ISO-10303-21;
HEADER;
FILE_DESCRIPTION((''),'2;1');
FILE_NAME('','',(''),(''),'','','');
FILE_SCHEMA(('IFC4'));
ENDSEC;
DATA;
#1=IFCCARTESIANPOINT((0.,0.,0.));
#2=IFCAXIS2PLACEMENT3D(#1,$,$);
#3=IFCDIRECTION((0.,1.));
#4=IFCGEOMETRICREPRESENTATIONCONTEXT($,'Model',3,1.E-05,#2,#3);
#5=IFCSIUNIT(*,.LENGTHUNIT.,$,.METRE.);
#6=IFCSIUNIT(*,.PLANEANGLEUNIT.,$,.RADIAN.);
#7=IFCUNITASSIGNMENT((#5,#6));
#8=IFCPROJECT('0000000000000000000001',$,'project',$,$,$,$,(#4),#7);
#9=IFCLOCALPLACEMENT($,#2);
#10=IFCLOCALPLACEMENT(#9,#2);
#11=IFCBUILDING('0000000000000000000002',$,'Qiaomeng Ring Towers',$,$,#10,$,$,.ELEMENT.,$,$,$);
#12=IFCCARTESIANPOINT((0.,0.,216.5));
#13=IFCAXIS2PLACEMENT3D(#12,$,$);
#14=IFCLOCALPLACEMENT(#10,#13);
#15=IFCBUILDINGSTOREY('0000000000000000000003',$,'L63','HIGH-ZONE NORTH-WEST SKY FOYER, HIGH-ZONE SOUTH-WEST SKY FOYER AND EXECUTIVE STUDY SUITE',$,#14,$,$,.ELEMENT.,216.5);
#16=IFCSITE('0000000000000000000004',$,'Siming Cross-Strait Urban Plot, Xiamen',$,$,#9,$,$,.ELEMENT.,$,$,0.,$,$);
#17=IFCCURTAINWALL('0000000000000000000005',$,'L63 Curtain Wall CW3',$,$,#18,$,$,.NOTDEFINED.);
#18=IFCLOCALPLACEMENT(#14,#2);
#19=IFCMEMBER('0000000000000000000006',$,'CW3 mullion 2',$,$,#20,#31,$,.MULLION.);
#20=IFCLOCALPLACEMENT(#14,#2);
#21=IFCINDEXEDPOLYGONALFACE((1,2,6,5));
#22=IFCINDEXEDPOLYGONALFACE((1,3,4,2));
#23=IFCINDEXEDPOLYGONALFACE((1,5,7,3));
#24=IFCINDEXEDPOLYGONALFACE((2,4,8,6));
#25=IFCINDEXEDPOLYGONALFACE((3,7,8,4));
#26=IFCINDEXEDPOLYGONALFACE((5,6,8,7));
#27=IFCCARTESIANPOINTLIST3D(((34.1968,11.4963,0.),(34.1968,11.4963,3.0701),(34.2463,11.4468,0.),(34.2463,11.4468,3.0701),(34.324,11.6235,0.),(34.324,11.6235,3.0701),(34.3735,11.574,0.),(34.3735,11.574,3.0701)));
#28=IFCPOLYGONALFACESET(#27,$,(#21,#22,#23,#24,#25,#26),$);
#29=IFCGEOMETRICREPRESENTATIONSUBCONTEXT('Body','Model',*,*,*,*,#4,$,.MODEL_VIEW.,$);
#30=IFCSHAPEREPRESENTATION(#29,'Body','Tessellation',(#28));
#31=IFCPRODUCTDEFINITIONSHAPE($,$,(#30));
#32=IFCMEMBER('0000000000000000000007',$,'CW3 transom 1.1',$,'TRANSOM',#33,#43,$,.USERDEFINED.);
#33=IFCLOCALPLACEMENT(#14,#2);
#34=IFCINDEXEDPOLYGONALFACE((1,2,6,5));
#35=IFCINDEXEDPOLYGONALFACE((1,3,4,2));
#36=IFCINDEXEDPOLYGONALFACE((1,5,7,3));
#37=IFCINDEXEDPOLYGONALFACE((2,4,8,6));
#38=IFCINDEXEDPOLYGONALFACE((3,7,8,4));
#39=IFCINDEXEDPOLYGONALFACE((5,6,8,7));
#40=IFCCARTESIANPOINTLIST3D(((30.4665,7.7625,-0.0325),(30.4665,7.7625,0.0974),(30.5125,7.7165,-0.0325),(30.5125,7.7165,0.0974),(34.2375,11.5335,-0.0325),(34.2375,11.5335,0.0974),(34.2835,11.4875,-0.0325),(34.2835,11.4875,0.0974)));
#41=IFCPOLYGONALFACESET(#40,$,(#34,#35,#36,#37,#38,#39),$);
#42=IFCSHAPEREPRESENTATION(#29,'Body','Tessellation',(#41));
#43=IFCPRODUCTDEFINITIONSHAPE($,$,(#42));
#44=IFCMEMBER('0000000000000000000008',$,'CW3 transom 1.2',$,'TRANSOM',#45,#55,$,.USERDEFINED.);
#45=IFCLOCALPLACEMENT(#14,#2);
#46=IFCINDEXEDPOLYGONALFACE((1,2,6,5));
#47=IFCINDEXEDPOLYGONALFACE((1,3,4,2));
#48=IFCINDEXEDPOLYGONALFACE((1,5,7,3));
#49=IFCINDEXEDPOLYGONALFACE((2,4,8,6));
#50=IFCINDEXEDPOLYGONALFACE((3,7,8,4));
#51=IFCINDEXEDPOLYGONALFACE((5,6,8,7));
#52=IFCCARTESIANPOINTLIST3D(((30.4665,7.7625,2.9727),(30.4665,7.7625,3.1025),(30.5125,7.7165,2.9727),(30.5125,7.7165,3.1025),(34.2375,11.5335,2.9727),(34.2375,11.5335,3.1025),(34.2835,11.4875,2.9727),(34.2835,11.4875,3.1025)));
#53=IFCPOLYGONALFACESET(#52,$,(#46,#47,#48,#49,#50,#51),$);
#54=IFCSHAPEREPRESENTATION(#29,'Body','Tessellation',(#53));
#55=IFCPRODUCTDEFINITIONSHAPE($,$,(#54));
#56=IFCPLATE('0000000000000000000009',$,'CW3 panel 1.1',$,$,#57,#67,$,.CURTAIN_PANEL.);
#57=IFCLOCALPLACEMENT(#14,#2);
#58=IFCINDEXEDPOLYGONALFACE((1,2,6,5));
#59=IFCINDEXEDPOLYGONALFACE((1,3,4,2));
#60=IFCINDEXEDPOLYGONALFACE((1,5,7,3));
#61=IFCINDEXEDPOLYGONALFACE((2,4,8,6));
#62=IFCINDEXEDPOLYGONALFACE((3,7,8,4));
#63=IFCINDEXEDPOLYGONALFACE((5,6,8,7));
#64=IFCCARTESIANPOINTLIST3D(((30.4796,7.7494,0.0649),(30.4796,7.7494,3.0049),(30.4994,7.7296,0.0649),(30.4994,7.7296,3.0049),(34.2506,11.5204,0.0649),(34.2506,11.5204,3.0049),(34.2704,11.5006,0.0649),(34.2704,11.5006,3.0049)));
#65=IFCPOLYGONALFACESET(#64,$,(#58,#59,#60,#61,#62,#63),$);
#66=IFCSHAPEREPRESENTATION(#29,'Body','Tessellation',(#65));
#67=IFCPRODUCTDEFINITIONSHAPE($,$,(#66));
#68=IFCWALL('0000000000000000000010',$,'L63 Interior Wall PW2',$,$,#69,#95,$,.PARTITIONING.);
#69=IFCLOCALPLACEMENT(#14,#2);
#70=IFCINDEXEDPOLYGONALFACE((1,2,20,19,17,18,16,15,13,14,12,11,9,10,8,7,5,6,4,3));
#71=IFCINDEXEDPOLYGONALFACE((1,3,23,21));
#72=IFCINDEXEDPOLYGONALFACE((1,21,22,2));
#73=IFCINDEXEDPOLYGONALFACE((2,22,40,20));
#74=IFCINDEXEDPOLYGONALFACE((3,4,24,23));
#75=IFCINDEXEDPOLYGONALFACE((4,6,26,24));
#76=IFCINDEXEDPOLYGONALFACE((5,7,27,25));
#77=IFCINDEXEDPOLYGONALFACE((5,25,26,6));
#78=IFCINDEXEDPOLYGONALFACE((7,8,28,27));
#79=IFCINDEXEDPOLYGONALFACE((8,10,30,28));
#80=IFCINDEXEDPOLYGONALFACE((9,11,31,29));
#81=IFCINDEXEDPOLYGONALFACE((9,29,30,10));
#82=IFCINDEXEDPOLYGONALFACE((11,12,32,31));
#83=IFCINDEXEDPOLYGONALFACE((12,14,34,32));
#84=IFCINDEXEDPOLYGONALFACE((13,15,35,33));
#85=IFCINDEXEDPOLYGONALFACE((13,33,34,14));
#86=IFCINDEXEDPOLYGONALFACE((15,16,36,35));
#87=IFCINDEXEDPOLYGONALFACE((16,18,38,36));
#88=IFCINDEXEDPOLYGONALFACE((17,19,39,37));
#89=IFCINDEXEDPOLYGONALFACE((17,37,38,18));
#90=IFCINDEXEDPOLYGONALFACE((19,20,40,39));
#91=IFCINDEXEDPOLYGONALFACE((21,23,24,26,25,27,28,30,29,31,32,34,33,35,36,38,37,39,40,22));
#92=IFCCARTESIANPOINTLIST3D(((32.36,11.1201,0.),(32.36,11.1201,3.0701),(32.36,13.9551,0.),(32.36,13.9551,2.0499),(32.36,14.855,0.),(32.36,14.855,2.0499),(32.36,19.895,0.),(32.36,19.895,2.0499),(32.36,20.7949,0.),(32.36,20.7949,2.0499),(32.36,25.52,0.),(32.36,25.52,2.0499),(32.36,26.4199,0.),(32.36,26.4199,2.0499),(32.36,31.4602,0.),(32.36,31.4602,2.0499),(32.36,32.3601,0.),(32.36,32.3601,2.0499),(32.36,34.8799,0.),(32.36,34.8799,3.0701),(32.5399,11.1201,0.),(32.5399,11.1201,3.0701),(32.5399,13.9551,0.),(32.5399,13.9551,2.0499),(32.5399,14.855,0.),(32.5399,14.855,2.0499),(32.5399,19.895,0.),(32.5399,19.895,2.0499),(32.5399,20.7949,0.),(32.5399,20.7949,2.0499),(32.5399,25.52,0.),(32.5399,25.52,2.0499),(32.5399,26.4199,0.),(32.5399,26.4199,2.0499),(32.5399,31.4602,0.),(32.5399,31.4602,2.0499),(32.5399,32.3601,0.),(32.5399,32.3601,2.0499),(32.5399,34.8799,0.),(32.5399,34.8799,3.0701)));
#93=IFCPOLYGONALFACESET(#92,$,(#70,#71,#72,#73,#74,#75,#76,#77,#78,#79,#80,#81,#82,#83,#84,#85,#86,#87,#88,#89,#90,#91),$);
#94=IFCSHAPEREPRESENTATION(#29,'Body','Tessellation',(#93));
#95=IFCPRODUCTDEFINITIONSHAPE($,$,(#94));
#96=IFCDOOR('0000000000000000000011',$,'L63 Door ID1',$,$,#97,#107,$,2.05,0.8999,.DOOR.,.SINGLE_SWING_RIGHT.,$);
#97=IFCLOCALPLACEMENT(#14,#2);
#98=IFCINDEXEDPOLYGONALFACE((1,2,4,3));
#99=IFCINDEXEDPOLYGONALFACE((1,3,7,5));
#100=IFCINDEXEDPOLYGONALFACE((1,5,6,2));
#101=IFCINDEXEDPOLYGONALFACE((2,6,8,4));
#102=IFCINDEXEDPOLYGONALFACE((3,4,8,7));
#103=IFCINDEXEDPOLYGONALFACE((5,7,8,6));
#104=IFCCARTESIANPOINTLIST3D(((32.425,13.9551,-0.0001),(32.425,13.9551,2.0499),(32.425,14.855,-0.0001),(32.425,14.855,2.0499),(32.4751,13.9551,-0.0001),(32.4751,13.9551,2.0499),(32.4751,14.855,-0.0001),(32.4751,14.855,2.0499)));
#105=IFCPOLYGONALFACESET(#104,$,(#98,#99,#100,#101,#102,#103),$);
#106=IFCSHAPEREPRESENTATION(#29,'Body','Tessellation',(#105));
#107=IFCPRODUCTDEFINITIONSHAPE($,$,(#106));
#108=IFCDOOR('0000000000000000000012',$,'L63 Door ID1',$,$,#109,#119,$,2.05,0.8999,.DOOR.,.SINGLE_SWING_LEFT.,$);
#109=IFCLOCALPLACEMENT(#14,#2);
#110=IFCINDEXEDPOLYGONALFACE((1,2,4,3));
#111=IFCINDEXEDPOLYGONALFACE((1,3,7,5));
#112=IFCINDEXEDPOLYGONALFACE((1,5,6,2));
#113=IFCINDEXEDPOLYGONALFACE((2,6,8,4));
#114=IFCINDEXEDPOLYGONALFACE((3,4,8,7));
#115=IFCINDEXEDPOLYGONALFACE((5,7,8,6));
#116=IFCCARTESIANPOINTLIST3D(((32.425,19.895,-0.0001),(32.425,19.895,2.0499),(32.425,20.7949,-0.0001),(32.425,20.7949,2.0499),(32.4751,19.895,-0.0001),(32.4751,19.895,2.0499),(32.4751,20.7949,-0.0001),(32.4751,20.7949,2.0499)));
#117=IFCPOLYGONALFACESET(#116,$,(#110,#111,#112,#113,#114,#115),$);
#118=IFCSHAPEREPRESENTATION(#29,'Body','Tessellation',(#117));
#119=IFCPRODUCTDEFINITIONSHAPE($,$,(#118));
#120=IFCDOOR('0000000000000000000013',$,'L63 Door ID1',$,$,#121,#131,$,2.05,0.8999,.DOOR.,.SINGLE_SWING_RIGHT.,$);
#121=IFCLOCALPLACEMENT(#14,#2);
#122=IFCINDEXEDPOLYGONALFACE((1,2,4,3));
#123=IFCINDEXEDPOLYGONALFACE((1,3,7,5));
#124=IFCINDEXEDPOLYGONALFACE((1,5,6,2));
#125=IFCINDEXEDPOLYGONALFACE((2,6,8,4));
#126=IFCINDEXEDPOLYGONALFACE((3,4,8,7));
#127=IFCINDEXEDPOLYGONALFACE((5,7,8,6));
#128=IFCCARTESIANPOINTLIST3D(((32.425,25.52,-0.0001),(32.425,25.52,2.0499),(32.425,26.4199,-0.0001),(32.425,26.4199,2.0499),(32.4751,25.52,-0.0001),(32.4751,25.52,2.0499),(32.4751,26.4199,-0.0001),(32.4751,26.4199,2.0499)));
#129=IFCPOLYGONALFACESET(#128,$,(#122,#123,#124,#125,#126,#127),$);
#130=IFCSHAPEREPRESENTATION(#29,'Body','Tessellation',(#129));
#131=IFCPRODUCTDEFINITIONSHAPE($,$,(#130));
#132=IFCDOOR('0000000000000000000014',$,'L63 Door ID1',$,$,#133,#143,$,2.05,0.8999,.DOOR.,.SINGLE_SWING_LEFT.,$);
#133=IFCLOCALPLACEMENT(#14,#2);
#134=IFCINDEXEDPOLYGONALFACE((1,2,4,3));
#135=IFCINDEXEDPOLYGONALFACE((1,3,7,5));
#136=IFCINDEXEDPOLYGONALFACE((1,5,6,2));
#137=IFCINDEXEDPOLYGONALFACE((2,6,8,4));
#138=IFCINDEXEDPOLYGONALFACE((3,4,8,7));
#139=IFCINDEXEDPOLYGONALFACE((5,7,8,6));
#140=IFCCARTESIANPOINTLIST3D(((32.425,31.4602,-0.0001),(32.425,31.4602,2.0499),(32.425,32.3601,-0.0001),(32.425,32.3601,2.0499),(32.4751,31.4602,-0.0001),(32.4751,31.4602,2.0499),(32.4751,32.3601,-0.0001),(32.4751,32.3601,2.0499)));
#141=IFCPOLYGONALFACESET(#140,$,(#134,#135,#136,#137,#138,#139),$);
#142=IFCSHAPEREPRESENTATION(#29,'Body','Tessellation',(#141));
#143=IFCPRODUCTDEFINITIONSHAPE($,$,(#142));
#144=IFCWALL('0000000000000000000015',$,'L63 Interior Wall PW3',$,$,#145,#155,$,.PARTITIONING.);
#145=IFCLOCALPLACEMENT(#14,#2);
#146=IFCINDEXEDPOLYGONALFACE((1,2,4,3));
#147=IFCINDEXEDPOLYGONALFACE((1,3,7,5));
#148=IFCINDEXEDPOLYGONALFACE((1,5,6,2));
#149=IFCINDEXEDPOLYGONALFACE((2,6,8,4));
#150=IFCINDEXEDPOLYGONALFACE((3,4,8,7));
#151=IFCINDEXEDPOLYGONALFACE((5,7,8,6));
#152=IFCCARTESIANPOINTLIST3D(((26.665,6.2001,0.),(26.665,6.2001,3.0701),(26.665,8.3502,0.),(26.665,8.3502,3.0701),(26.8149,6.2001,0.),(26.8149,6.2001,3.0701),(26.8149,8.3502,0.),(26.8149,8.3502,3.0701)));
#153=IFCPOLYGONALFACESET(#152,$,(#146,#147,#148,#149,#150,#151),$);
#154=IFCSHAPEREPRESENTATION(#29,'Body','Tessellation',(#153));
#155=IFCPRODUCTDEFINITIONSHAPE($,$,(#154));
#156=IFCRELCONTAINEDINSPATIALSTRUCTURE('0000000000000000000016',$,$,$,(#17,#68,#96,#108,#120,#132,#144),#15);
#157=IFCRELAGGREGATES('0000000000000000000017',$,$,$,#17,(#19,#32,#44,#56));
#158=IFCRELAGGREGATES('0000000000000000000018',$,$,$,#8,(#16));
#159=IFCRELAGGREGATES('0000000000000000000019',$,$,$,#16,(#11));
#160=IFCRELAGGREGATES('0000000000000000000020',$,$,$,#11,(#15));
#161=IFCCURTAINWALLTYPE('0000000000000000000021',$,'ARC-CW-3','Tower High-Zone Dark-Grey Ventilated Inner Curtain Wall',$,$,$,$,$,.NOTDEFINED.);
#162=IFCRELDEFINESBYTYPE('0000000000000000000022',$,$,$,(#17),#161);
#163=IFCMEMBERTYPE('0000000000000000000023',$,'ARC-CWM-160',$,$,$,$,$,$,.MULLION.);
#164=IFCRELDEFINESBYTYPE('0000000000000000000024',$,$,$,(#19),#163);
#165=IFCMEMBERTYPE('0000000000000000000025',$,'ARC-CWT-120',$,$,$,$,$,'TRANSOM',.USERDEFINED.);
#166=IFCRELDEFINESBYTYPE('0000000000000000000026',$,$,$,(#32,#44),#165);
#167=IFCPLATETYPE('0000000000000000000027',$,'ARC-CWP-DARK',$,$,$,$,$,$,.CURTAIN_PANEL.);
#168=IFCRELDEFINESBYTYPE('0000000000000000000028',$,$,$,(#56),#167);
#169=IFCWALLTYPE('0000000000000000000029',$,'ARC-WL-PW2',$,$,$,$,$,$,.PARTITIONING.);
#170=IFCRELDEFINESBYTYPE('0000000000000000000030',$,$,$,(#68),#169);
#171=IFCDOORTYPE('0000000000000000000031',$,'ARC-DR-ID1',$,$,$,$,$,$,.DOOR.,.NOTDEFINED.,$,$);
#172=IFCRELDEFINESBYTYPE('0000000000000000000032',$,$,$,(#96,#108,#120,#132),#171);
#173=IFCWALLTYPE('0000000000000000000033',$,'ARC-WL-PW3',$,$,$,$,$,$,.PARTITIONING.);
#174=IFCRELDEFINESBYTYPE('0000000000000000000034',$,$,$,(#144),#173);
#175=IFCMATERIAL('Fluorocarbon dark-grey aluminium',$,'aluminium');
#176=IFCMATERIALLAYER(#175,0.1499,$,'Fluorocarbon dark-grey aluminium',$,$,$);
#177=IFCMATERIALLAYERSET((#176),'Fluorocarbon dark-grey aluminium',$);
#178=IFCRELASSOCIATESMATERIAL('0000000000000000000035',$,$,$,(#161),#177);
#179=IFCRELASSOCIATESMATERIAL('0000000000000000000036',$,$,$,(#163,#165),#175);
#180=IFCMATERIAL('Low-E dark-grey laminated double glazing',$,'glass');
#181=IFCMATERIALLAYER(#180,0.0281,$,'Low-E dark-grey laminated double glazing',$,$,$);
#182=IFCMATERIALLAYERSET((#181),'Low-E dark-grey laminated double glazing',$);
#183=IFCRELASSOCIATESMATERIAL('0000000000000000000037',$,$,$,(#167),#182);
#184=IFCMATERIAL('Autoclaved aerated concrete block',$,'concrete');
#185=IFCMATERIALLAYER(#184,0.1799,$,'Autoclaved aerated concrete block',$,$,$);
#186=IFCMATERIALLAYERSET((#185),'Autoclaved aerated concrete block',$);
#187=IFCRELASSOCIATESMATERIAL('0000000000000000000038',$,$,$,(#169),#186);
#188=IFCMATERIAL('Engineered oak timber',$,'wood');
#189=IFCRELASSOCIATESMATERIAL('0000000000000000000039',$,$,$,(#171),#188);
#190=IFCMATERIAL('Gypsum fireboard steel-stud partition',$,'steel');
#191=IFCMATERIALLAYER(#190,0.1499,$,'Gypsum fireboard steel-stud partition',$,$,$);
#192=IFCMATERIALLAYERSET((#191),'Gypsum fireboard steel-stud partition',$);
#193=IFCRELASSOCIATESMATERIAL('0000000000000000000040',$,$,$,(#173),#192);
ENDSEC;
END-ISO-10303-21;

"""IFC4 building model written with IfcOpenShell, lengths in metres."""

from ifc_helpers import new_model, si_unit, direction, frame, frame_2d, origin, origin_2d, place, context, subcontext, project, spatial, rectangle, extrude, source, transform, mapped, material, layer, layer_set, material_profile, profile_set, type_object, element, fill, aggregate, save


model = new_model("IFC4")

# Units and contexts
model_context = context("Model", 3, precision=1e-05, world=origin(), true_north=direction((0.0, 1.0)))
body_context = subcontext(model_context, "Body", "Model", "MODEL_VIEW")
ifc_project = project(units=[si_unit("LENGTHUNIT", "METRE"), si_unit("PLANEANGLEUNIT", "RADIAN")], contexts=[model_context])

# Site, building, storey
site_placement = place(None, origin())
site = spatial("IfcSite", under=ifc_project, at=site_placement, Name="Siming Cross-Strait Urban Plot, Xiamen", CompositionType="ELEMENT", RefElevation=0.0)
building_placement = place(site_placement, origin())
building = spatial("IfcBuilding", under=site, at=building_placement, Name="Qiaomeng Ring Towers", CompositionType="ELEMENT")
storey_placement = place(building_placement, frame((0.0, 0.0, 216.5)))
storey = spatial("IfcBuildingStorey", under=building, at=storey_placement, Name="L63", Description="HIGH-ZONE NORTH-WEST SKY FOYER, HIGH-ZONE SOUTH-WEST SKY FOYER AND EXECUTIVE STUDY SUITE", CompositionType="ELEMENT", Elevation=216.5)

# Curtain wall, members, plate
ifc_material_1 = material(Name="Fluorocarbon dark-grey aluminium", Category="aluminium")
ifc_layer_1 = layer(ifc_material_1, 0.1499, Name="Fluorocarbon dark-grey aluminium")
ifc_layer_set_1 = layer_set([ifc_layer_1], Name="Fluorocarbon dark-grey aluminium")
curtain_wall_type = type_object("IfcCurtainWallType", Name="ARC-CW-3", Description="Tower High-Zone Dark-Grey Ventilated Inner Curtain Wall", PredefinedType="NOTDEFINED", material=ifc_layer_set_1)
curtain_wall_placement = place(storey_placement, origin())
curtain_wall = element("IfcCurtainWall", 1, at=curtain_wall_placement, inside=storey, type_object=curtain_wall_type, Name="L63 Curtain Wall CW3", PredefinedType="NOTDEFINED")
ifc_material_profile_1 = material_profile(ifc_material_1, rectangle(XDim=0.0701, YDim=0.1799, at=origin_2d()), Name="ALU MULL 70x180")
ifc_profile_set_1 = profile_set([ifc_material_profile_1], Name="Fluorocarbon dark-grey aluminium")
member_type_1 = type_object("IfcMemberType", Name="ARC-CWM-160", PredefinedType="MULLION", material=ifc_profile_set_1)
shared_shape_1 = source(origin(), body_context, "Body", "SweptSolid", [
    extrude(rectangle(XDim=0.0701, YDim=0.1799, at=origin_2d()), origin(), (0.0, 0.0, 1.0), 3.0701),
])
member_1_placement = place(storey_placement, frame((34.2852, 11.5352, 0.0), z_axis=(0.0, 0.0, 1.0), x_axis=(-0.707107, 0.707107, 0.0)))
member_1 = element("IfcMember", 2, at=member_1_placement, type_object=member_type_1, Name="CW3 mullion 2", PredefinedType="MULLION", context=body_context, shape_type="MappedRepresentation", body=[
    mapped(shared_shape_1, transform((0.0, 0.0, 0.0), x_axis=(1.0, 0.0, 0.0), y_axis=(0.0, 1.0, 0.0), z_axis=(0.0, 0.0, 1.0), scale=1.0)),
])
ifc_material_profile_2 = material_profile(ifc_material_1, rectangle(XDim=0.0649, YDim=0.1299, at=origin_2d()), Name="ALU TRAN 65x130")
ifc_profile_set_2 = profile_set([ifc_material_profile_2], Name="Fluorocarbon dark-grey aluminium")
member_type_2 = type_object("IfcMemberType", Name="ARC-CWT-120", ElementType="TRANSOM", PredefinedType="USERDEFINED", material=ifc_profile_set_2)
shared_shape_2 = source(origin(), body_context, "Body", "SweptSolid", [
    extrude(rectangle(XDim=0.0649, YDim=0.1299, at=origin_2d()), origin(), (0.0, 0.0, 1.0), 5.333),
])
member_2_placement = place(storey_placement, frame((30.4895, 7.7395, 0.0325), z_axis=(0.707107, 0.707107, 0.0), x_axis=(-0.707107, 0.707107, 0.0)))
member_2 = element("IfcMember", 3, at=member_2_placement, type_object=member_type_2, Name="CW3 transom 1.1", ObjectType="TRANSOM", PredefinedType="USERDEFINED", context=body_context, shape_type="MappedRepresentation", body=[
    mapped(shared_shape_2, transform((0.0, 0.0, 0.0), x_axis=(1.0, 0.0, 0.0), y_axis=(0.0, 1.0, 0.0), z_axis=(0.0, 0.0, 1.0), scale=1.0)),
])
member_3_placement = place(storey_placement, frame((30.4895, 7.7395, 3.0376), z_axis=(0.707107, 0.707107, 0.0), x_axis=(-0.707107, 0.707107, 0.0)))
member_3 = element("IfcMember", 4, at=member_3_placement, type_object=member_type_2, Name="CW3 transom 1.2", ObjectType="TRANSOM", PredefinedType="USERDEFINED", context=body_context, shape_type="MappedRepresentation", body=[
    mapped(shared_shape_2, transform((0.0, 0.0, 0.0), x_axis=(1.0, 0.0, 0.0), y_axis=(0.0, 1.0, 0.0), z_axis=(0.0, 0.0, 1.0), scale=1.0)),
])
ifc_material_2 = material(Name="Low-E dark-grey laminated double glazing", Category="glass")
ifc_layer_2 = layer(ifc_material_2, 0.0281, Name="Low-E dark-grey laminated double glazing")
ifc_layer_set_2 = layer_set([ifc_layer_2], Name="Low-E dark-grey laminated double glazing")
plate_type = type_object("IfcPlateType", Name="ARC-CWP-DARK", PredefinedType="CURTAIN_PANEL", material=ifc_layer_set_2)
shared_shape_3 = source(origin(), body_context, "Body", "SweptSolid", [
    extrude(rectangle(XDim=5.333, YDim=0.0281, at=origin_2d()), origin(), (0.0, 0.0, 1.0), 2.9399),
])
plate_placement = place(storey_placement, frame((32.375, 9.625, 0.0649), z_axis=(0.0, 0.0, 1.0), x_axis=(0.707107, 0.707107, 0.0)))
plate = element("IfcPlate", 5, at=plate_placement, type_object=plate_type, Name="CW3 panel 1.1", PredefinedType="CURTAIN_PANEL", context=body_context, shape_type="MappedRepresentation", body=[
    mapped(shared_shape_3, transform((0.0, 0.0, 0.0), x_axis=(1.0, 0.0, 0.0), y_axis=(0.0, 1.0, 0.0), z_axis=(0.0, 0.0, 1.0), scale=1.0)),
])
aggregate(curtain_wall, [member_1, member_2, member_3, plate])

# Wall, openings, doors
ifc_material_3 = material(Name="Autoclaved aerated concrete block", Category="concrete")
ifc_layer_3 = layer(ifc_material_3, 0.1799, Name="Autoclaved aerated concrete block")
ifc_layer_set_3 = layer_set([ifc_layer_3], Name="Autoclaved aerated concrete block")
wall_type_1 = type_object("IfcWallType", Name="ARC-WL-PW2", PredefinedType="PARTITIONING", material=ifc_layer_set_3)
wall_1_placement = place(storey_placement, frame((32.45, 11.1201, 0.0), z_axis=(0.0, 0.0, 1.0), x_axis=(0.0, 1.0, 0.0)))
wall_1 = element("IfcWall", 6, at=wall_1_placement, inside=storey, type_object=wall_type_1, Name="L63 Interior Wall PW2", PredefinedType="PARTITIONING", context=body_context, shape_type="SweptSolid", body=[
    extrude(rectangle(XDim=23.7598, YDim=0.1799, at=frame_2d((11.8799, 0.0))), origin(), (0.0, 0.0, 1.0), 3.0701),
])
opening_1_placement = place(wall_1_placement, frame((2.835, 0.0, 0.0)))
opening_1 = element("IfcOpeningElement", 7, at=opening_1_placement, cuts=wall_1, PredefinedType="OPENING", context=body_context, shape_type="SweptSolid", body=[
    extrude(rectangle(XDim=0.8999, YDim=2.05, at=frame_2d((0.45, 1.0249))), frame((0.0, 0.0999, 0.0), z_axis=(0.0, -1.0, 0.0), x_axis=(1.0, 0.0, 0.0)), (0.0, 0.0, 1.0), 0.2),
])
opening_2_placement = place(wall_1_placement, frame((8.7749, 0.0, 0.0)))
opening_2 = element("IfcOpeningElement", 8, at=opening_2_placement, cuts=wall_1, PredefinedType="OPENING", context=body_context, shape_type="SweptSolid", body=[
    extrude(rectangle(XDim=0.8999, YDim=2.05, at=frame_2d((0.45, 1.0249))), frame((0.0, 0.0999, 0.0), z_axis=(0.0, -1.0, 0.0), x_axis=(1.0, 0.0, 0.0)), (0.0, 0.0, 1.0), 0.2),
])
opening_3_placement = place(wall_1_placement, frame((14.3999, 0.0, 0.0)))
opening_3 = element("IfcOpeningElement", 9, at=opening_3_placement, cuts=wall_1, PredefinedType="OPENING", context=body_context, shape_type="SweptSolid", body=[
    extrude(rectangle(XDim=0.8999, YDim=2.05, at=frame_2d((0.45, 1.0249))), frame((0.0, 0.0999, 0.0), z_axis=(0.0, -1.0, 0.0), x_axis=(1.0, 0.0, 0.0)), (0.0, 0.0, 1.0), 0.2),
])
opening_4_placement = place(wall_1_placement, frame((20.3401, 0.0, 0.0)))
opening_4 = element("IfcOpeningElement", 10, at=opening_4_placement, cuts=wall_1, PredefinedType="OPENING", context=body_context, shape_type="SweptSolid", body=[
    extrude(rectangle(XDim=0.8999, YDim=2.05, at=frame_2d((0.45, 1.0249))), frame((0.0, 0.0999, 0.0), z_axis=(0.0, -1.0, 0.0), x_axis=(1.0, 0.0, 0.0)), (0.0, 0.0, 1.0), 0.2),
])
ifc_material_4 = material(Name="Engineered oak timber", Category="wood")
door_type_1 = type_object("IfcDoorType", Name="ARC-DR-ID1", OperationType="NOTDEFINED", PredefinedType="DOOR", material=ifc_material_4)
shared_shape_4 = source(origin(), body_context, "Body", "SweptSolid", [
    extrude(rectangle(XDim=0.8999, YDim=2.05, at=frame_2d((0.45, 1.0249))), frame((0.0, 0.0249, 0.0), z_axis=(0.0, -1.0, 0.0), x_axis=(1.0, 0.0, 0.0)), (0.0, 0.0, 1.0), 0.05),
])
door_1_placement = place(opening_1_placement, origin())
door_1 = element("IfcDoor", 11, at=door_1_placement, inside=storey, type_object=door_type_1, Name="L63 Door ID1", OperationType="SINGLE_SWING_RIGHT", OverallHeight=2.05, OverallWidth=0.8999, PredefinedType="DOOR", context=body_context, shape_type="MappedRepresentation", body=[
    mapped(shared_shape_4, transform((0.0, 0.0, 0.0), x_axis=(1.0, 0.0, 0.0), y_axis=(0.0, 1.0, 0.0), z_axis=(0.0, 0.0, 1.0), scale=1.0)),
])
fill(opening_1, door_1)
door_2_placement = place(opening_2_placement, origin())
door_2 = element("IfcDoor", 12, at=door_2_placement, inside=storey, type_object=door_type_1, Name="L63 Door ID1", OperationType="SINGLE_SWING_LEFT", OverallHeight=2.05, OverallWidth=0.8999, PredefinedType="DOOR", context=body_context, shape_type="MappedRepresentation", body=[
    mapped(shared_shape_4, transform((0.0, 0.0, 0.0), x_axis=(1.0, 0.0, 0.0), y_axis=(0.0, 1.0, 0.0), z_axis=(0.0, 0.0, 1.0), scale=1.0)),
])
fill(opening_2, door_2)
door_3_placement = place(opening_3_placement, origin())
door_3 = element("IfcDoor", 13, at=door_3_placement, inside=storey, type_object=door_type_1, Name="L63 Door ID1", OperationType="SINGLE_SWING_RIGHT", OverallHeight=2.05, OverallWidth=0.8999, PredefinedType="DOOR", context=body_context, shape_type="MappedRepresentation", body=[
    mapped(shared_shape_4, transform((0.0, 0.0, 0.0), x_axis=(1.0, 0.0, 0.0), y_axis=(0.0, 1.0, 0.0), z_axis=(0.0, 0.0, 1.0), scale=1.0)),
])
fill(opening_3, door_3)
door_4_placement = place(opening_4_placement, origin())
door_4 = element("IfcDoor", 14, at=door_4_placement, inside=storey, type_object=door_type_1, Name="L63 Door ID1", OperationType="SINGLE_SWING_LEFT", OverallHeight=2.05, OverallWidth=0.8999, PredefinedType="DOOR", context=body_context, shape_type="MappedRepresentation", body=[
    mapped(shared_shape_4, transform((0.0, 0.0, 0.0), x_axis=(1.0, 0.0, 0.0), y_axis=(0.0, 1.0, 0.0), z_axis=(0.0, 0.0, 1.0), scale=1.0)),
])
fill(opening_4, door_4)

# Wall
ifc_material_5 = material(Name="Gypsum fireboard steel-stud partition", Category="steel")
ifc_layer_4 = layer(ifc_material_5, 0.1499, Name="Gypsum fireboard steel-stud partition")
ifc_layer_set_4 = layer_set([ifc_layer_4], Name="Gypsum fireboard steel-stud partition")
wall_type_2 = type_object("IfcWallType", Name="ARC-WL-PW3", PredefinedType="PARTITIONING", material=ifc_layer_set_4)
wall_2_placement = place(storey_placement, frame((26.74, 6.2, 0.0), z_axis=(0.0, 0.0, 1.0), x_axis=(0.0, 1.0, 0.0)))
element("IfcWall", 15, at=wall_2_placement, inside=storey, type_object=wall_type_2, Name="L63 Interior Wall PW3", PredefinedType="PARTITIONING", context=body_context, shape_type="SweptSolid", body=[
    extrude(rectangle(XDim=2.1501, YDim=0.1499, at=frame_2d((1.0752, 0.0))), origin(), (0.0, 0.0, 1.0), 3.0701),
])

save(model, "model.ifc")
